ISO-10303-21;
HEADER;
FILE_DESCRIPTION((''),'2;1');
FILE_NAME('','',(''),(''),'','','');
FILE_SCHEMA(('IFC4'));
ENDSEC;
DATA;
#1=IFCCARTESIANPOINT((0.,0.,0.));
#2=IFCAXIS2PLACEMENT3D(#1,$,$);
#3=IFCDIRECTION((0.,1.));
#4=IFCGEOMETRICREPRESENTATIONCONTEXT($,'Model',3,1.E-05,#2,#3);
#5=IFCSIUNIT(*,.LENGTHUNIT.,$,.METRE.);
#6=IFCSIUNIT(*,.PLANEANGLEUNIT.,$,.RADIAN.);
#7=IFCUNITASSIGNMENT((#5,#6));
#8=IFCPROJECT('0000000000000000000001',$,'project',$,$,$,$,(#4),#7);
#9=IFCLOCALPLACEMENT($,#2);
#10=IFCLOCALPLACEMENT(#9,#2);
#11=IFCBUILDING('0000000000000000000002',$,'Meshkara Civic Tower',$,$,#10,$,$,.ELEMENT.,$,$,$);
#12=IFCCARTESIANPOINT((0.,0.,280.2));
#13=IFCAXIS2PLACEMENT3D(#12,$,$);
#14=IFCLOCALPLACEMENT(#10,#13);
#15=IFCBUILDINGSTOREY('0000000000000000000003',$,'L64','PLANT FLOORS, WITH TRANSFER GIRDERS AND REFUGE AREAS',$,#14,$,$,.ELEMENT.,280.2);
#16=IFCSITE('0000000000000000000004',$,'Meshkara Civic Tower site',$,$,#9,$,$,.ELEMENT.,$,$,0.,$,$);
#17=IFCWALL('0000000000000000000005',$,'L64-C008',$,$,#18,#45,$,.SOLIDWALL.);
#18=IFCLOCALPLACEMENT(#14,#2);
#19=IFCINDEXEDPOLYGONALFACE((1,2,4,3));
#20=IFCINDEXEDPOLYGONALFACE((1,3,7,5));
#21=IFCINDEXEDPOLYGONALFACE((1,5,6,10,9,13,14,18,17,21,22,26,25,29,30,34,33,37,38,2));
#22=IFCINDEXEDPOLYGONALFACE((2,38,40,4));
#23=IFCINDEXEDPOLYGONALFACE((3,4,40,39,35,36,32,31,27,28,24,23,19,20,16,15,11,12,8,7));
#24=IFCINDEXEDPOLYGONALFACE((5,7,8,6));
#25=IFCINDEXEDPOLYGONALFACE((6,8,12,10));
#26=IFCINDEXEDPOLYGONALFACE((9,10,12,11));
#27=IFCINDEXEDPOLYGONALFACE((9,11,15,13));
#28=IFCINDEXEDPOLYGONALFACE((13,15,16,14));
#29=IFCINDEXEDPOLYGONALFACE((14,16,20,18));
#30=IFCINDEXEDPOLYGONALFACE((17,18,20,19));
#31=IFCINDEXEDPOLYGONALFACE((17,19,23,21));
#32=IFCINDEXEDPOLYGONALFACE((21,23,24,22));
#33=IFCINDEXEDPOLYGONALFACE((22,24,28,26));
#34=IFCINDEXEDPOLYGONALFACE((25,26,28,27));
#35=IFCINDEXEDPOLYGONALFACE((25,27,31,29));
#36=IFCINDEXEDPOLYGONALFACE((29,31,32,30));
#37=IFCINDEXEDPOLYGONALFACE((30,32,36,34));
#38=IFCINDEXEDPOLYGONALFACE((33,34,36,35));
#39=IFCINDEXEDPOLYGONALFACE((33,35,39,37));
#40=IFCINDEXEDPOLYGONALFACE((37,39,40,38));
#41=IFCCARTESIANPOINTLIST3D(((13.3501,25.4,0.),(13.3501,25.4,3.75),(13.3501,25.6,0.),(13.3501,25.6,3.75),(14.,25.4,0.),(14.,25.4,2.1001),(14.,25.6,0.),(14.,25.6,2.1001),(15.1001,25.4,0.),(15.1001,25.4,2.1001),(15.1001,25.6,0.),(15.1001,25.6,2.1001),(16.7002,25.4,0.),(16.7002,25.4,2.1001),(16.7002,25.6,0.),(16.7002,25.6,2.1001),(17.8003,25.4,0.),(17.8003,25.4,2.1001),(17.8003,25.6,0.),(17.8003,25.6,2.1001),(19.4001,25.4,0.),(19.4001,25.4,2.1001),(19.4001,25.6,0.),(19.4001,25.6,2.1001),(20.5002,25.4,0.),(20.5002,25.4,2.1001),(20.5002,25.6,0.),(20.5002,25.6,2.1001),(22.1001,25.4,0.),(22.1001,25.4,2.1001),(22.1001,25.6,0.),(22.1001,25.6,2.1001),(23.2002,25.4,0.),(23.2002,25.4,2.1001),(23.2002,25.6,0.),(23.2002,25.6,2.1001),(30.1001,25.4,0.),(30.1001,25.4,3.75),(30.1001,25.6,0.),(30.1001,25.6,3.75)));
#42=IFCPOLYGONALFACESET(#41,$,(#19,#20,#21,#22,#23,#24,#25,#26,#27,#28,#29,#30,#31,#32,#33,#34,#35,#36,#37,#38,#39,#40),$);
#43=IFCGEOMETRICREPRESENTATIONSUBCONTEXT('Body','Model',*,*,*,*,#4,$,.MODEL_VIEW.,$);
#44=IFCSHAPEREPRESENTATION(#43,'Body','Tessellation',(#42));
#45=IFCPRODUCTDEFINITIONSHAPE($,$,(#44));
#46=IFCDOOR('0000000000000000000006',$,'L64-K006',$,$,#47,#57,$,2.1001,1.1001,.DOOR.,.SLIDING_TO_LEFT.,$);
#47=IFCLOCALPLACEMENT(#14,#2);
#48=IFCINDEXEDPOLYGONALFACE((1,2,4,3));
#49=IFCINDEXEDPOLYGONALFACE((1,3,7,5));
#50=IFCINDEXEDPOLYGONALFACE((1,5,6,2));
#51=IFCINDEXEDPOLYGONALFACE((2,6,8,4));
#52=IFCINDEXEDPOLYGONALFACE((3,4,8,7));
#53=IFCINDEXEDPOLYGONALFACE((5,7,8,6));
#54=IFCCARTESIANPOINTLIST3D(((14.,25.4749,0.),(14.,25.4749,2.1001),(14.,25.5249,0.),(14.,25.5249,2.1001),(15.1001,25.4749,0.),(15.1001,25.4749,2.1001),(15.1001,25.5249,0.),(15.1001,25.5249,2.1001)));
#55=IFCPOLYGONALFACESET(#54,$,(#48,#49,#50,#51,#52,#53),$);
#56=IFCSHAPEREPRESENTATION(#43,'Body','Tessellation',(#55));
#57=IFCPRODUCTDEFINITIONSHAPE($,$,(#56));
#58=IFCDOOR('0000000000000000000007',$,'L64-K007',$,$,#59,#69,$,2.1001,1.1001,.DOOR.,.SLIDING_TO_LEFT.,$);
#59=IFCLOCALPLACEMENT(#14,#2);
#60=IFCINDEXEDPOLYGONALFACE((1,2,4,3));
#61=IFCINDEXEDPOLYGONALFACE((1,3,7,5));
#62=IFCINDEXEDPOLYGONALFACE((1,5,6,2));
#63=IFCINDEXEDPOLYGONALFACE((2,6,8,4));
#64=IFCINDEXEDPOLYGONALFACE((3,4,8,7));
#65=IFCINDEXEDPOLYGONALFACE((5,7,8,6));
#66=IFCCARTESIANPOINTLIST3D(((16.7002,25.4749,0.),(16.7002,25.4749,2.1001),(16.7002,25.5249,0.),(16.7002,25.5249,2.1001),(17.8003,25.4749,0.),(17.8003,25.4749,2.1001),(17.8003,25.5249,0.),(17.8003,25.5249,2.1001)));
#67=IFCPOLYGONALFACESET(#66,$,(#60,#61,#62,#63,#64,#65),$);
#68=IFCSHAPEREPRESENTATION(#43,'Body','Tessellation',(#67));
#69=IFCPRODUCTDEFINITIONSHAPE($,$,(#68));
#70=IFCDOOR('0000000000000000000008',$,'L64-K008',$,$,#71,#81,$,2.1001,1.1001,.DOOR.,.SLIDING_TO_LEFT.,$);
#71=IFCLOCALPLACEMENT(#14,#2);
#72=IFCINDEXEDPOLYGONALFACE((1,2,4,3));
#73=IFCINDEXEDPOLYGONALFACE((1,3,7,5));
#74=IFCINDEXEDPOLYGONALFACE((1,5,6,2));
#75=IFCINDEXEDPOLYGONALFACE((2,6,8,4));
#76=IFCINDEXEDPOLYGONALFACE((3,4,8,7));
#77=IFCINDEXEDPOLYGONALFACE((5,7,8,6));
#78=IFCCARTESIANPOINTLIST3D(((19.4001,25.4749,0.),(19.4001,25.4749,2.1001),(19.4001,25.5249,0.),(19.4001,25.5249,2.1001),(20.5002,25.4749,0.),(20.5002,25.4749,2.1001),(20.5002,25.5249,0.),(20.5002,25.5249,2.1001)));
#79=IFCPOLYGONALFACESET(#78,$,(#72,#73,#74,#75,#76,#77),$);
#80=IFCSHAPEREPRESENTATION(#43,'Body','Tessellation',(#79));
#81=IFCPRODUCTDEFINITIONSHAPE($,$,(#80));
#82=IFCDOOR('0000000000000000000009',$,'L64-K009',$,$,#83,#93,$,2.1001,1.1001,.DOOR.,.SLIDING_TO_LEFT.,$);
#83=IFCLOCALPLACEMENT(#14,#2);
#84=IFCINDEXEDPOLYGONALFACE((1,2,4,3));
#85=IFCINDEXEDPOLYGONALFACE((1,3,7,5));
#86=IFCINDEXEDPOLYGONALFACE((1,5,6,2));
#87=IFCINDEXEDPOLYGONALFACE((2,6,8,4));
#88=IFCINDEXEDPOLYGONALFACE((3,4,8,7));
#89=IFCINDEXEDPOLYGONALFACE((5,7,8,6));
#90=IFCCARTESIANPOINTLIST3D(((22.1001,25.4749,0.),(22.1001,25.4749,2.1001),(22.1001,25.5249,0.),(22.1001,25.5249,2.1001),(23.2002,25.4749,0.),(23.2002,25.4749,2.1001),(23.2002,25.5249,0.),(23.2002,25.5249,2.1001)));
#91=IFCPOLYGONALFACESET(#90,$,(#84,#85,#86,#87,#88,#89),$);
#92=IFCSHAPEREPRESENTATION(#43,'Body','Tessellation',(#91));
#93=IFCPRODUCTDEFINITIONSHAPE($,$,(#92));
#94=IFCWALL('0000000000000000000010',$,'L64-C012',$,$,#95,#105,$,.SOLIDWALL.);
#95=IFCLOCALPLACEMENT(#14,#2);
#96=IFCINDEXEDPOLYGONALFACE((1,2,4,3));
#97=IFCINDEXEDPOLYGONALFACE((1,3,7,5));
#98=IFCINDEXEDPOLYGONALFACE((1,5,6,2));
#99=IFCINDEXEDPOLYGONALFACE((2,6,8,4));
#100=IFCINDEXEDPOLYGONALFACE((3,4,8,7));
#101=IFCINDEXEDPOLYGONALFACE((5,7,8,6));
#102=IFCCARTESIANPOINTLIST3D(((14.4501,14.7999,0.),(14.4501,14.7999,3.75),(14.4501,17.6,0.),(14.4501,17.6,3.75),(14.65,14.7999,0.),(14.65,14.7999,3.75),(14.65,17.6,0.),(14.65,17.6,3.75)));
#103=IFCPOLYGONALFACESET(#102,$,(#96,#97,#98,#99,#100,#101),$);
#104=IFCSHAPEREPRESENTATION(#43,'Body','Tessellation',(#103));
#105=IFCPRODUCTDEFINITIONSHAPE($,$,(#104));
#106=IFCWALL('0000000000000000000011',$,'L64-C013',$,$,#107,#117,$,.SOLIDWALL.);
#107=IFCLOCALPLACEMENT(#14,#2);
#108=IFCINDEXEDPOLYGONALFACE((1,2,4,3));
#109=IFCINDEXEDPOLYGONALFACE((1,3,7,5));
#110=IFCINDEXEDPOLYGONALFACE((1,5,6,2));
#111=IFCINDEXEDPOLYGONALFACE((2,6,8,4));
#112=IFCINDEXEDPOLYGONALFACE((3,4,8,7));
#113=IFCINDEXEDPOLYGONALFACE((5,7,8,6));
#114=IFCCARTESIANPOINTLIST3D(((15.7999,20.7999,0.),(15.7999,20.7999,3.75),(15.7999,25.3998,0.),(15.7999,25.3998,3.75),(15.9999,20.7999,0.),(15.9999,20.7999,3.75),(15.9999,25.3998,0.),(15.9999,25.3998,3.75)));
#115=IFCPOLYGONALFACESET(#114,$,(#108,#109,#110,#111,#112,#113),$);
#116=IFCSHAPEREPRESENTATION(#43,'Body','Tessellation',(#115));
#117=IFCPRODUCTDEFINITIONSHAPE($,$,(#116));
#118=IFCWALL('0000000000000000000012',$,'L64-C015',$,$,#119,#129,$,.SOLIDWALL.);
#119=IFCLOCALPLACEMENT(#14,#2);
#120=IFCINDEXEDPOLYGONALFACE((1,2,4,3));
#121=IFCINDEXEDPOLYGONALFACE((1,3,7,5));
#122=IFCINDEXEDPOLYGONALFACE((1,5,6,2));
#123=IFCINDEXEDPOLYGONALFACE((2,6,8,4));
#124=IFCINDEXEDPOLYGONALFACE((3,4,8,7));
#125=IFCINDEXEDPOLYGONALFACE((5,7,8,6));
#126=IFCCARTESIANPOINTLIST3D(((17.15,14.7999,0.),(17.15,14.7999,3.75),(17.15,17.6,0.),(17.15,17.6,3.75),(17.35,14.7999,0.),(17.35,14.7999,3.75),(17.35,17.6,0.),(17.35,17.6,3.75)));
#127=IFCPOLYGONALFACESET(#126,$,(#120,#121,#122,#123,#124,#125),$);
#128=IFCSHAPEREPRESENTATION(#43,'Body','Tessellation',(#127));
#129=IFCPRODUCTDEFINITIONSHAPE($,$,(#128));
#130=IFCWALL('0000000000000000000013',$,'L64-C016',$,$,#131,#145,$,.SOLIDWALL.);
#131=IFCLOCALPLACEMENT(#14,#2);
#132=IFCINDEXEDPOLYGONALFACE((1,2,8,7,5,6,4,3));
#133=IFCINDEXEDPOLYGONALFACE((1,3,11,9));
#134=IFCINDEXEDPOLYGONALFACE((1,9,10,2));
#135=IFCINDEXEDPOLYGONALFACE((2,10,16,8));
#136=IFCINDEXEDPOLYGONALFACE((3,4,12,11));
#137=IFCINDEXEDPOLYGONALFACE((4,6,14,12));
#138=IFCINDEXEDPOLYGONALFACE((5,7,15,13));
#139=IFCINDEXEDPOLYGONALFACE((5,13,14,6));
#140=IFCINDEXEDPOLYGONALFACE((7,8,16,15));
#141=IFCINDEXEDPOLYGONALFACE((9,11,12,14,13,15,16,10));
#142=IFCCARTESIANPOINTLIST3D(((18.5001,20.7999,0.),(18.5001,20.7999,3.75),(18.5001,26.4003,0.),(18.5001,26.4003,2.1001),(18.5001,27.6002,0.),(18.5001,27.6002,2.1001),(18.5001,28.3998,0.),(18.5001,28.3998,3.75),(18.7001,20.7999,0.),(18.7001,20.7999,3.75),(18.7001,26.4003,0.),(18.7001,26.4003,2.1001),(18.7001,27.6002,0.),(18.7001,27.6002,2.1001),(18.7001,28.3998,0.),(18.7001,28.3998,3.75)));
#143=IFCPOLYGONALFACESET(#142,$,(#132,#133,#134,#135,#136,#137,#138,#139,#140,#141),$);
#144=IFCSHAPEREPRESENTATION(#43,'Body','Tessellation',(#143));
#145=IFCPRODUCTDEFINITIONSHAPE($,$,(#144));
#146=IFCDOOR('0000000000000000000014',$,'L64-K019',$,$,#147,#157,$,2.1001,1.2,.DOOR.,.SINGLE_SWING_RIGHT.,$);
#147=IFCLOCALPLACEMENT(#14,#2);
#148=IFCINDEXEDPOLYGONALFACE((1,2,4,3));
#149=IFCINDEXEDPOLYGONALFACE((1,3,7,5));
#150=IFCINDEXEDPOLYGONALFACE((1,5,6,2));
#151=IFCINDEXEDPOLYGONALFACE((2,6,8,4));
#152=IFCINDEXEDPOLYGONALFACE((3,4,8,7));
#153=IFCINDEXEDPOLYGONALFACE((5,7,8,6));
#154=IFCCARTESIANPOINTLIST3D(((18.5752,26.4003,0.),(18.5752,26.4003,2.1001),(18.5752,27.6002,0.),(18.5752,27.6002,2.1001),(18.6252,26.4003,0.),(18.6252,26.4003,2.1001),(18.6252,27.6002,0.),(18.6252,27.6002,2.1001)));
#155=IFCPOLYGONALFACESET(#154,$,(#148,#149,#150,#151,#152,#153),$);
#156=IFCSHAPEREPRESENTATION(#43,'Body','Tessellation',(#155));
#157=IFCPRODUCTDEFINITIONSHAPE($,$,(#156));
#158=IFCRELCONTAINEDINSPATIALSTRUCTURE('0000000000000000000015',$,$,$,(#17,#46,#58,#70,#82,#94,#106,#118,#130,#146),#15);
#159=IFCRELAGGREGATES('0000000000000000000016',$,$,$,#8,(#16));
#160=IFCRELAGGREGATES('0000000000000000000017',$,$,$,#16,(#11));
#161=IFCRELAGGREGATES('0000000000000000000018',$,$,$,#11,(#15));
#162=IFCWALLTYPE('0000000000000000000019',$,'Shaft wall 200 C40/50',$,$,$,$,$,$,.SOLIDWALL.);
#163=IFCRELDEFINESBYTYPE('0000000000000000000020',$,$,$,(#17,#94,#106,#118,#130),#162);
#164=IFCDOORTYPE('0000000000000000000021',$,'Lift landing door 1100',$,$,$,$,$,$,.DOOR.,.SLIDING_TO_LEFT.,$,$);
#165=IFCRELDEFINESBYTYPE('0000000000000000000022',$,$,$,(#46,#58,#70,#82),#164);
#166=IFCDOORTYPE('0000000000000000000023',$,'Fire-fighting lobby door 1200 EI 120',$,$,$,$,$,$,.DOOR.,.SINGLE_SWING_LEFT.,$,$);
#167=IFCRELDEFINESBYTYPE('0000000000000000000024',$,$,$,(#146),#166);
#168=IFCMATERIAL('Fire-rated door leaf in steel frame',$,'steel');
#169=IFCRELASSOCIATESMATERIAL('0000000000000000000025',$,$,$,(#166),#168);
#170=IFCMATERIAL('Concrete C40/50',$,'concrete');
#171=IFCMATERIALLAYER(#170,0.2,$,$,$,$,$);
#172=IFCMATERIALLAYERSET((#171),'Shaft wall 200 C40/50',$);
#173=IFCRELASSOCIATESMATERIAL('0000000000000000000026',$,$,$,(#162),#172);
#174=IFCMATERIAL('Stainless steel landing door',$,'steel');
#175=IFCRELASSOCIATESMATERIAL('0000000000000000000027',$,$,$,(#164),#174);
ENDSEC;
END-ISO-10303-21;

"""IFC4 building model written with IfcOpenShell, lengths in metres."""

from ifc_helpers import new_model, si_unit, direction, frame, frame_2d, origin, place, context, subcontext, project, spatial, rectangle, extrude, material, layer, layer_set, type_object, element, fill, save


model = new_model("IFC4")

# Units and contexts
model_context = context("Model", 3, precision=1e-05, world=origin(), true_north=direction((0.0, 1.0)))
body_context = subcontext(model_context, "Body", "Model", "MODEL_VIEW")
ifc_project = project(units=[si_unit("LENGTHUNIT", "METRE"), si_unit("PLANEANGLEUNIT", "RADIAN")], contexts=[model_context])

# Site, building, storey
site_placement = place(None, origin())
site = spatial("IfcSite", under=ifc_project, at=site_placement, Name="Meshkara Civic Tower site", CompositionType="ELEMENT", RefElevation=0.0)
building_placement = place(site_placement, origin())
building = spatial("IfcBuilding", under=site, at=building_placement, Name="Meshkara Civic Tower", CompositionType="ELEMENT")
storey_placement = place(building_placement, frame((0.0, 0.0, 280.2)))
storey = spatial("IfcBuildingStorey", under=building, at=storey_placement, Name="L64", Description="PLANT FLOORS, WITH TRANSFER GIRDERS AND REFUGE AREAS", CompositionType="ELEMENT", Elevation=280.2)

# Wall, openings, doors
ifc_material_1 = material(Name="Fire-rated door leaf in steel frame", Category="steel")
door_type_1 = type_object("IfcDoorType", Name="Fire-fighting lobby door 1200 EI 120", OperationType="SINGLE_SWING_LEFT", PredefinedType="DOOR", material=ifc_material_1)
ifc_material_2 = material(Name="Concrete C40/50", Category="concrete")
ifc_layer_1 = layer(ifc_material_2, 0.2)
ifc_layer_set_1 = layer_set([ifc_layer_1], Name="Shaft wall 200 C40/50")
wall_type_1 = type_object("IfcWallType", Name="Shaft wall 200 C40/50", PredefinedType="SOLIDWALL", material=ifc_layer_set_1)
ifc_material_3 = material(Name="Stainless steel landing door", Category="steel")
door_type_2 = type_object("IfcDoorType", Name="Lift landing door 1100", OperationType="SLIDING_TO_LEFT", PredefinedType="DOOR", material=ifc_material_3)
wall_1_placement = place(storey_placement, frame((13.3501, 25.5, 0.0), z_axis=(0.0, 0.0, 1.0), x_axis=(1.0, 0.0, 0.0)))
wall_1 = element("IfcWall", 1, at=wall_1_placement, inside=storey, type_object=wall_type_1, Name="L64-C008", PredefinedType="SOLIDWALL", context=body_context, shape_type="SweptSolid", body=[
    extrude(rectangle(XDim=16.75, YDim=0.2, at=frame_2d((8.375, 0.0))), origin(), (0.0, 0.0, 1.0), 3.75),
])
opening_1_placement = place(wall_1_placement, frame((0.6499, 0.0, 0.0)))
opening_1 = element("IfcOpeningElement", 2, at=opening_1_placement, cuts=wall_1, PredefinedType="OPENING", context=body_context, shape_type="SweptSolid", body=[
    extrude(rectangle(XDim=1.1001, YDim=2.1001, at=frame_2d((0.55, 1.05))), frame((0.0, 0.1099, 0.0), z_axis=(0.0, -1.0, 0.0), x_axis=(1.0, 0.0, 0.0)), (0.0, 0.0, 1.0), 0.22),
])
opening_2_placement = place(wall_1_placement, frame((3.3501, 0.0, 0.0)))
opening_2 = element("IfcOpeningElement", 3, at=opening_2_placement, cuts=wall_1, PredefinedType="OPENING", context=body_context, shape_type="SweptSolid", body=[
    extrude(rectangle(XDim=1.1001, YDim=2.1001, at=frame_2d((0.55, 1.05))), frame((0.0, 0.1099, 0.0), z_axis=(0.0, -1.0, 0.0), x_axis=(1.0, 0.0, 0.0)), (0.0, 0.0, 1.0), 0.22),
])
opening_3_placement = place(wall_1_placement, frame((6.05, 0.0, 0.0)))
opening_3 = element("IfcOpeningElement", 4, at=opening_3_placement, cuts=wall_1, PredefinedType="OPENING", context=body_context, shape_type="SweptSolid", body=[
    extrude(rectangle(XDim=1.1001, YDim=2.1001, at=frame_2d((0.55, 1.05))), frame((0.0, 0.1099, 0.0), z_axis=(0.0, -1.0, 0.0), x_axis=(1.0, 0.0, 0.0)), (0.0, 0.0, 1.0), 0.22),
])
opening_4_placement = place(wall_1_placement, frame((8.75, 0.0, 0.0)))
opening_4 = element("IfcOpeningElement", 5, at=opening_4_placement, cuts=wall_1, PredefinedType="OPENING", context=body_context, shape_type="SweptSolid", body=[
    extrude(rectangle(XDim=1.1001, YDim=2.1001, at=frame_2d((0.55, 1.05))), frame((0.0, 0.1099, 0.0), z_axis=(0.0, -1.0, 0.0), x_axis=(1.0, 0.0, 0.0)), (0.0, 0.0, 1.0), 0.22),
])
door_1_placement = place(opening_1_placement, origin())
door_1 = element("IfcDoor", 6, at=door_1_placement, inside=storey, type_object=door_type_2, Name="L64-K006", OperationType="SLIDING_TO_LEFT", OverallHeight=2.1001, OverallWidth=1.1001, PredefinedType="DOOR", context=body_context, shape_type="SweptSolid", body=[
    extrude(rectangle(XDim=1.1001, YDim=2.1001, at=frame_2d((0.55, 1.05))), frame((0.0, 0.0249, 0.0), z_axis=(0.0, -1.0, 0.0), x_axis=(1.0, 0.0, 0.0)), (0.0, 0.0, 1.0), 0.05),
])
fill(opening_1, door_1)
door_2_placement = place(opening_2_placement, origin())
door_2 = element("IfcDoor", 7, at=door_2_placement, inside=storey, type_object=door_type_2, Name="L64-K007", OperationType="SLIDING_TO_LEFT", OverallHeight=2.1001, OverallWidth=1.1001, PredefinedType="DOOR", context=body_context, shape_type="SweptSolid", body=[
    extrude(rectangle(XDim=1.1001, YDim=2.1001, at=frame_2d((0.55, 1.05))), frame((0.0, 0.0249, 0.0), z_axis=(0.0, -1.0, 0.0), x_axis=(1.0, 0.0, 0.0)), (0.0, 0.0, 1.0), 0.05),
])
fill(opening_2, door_2)
door_3_placement = place(opening_3_placement, origin())
door_3 = element("IfcDoor", 8, at=door_3_placement, inside=storey, type_object=door_type_2, Name="L64-K008", OperationType="SLIDING_TO_LEFT", OverallHeight=2.1001, OverallWidth=1.1001, PredefinedType="DOOR", context=body_context, shape_type="SweptSolid", body=[
    extrude(rectangle(XDim=1.1001, YDim=2.1001, at=frame_2d((0.55, 1.05))), frame((0.0, 0.0249, 0.0), z_axis=(0.0, -1.0, 0.0), x_axis=(1.0, 0.0, 0.0)), (0.0, 0.0, 1.0), 0.05),
])
fill(opening_3, door_3)
door_4_placement = place(opening_4_placement, origin())
door_4 = element("IfcDoor", 9, at=door_4_placement, inside=storey, type_object=door_type_2, Name="L64-K009", OperationType="SLIDING_TO_LEFT", OverallHeight=2.1001, OverallWidth=1.1001, PredefinedType="DOOR", context=body_context, shape_type="SweptSolid", body=[
    extrude(rectangle(XDim=1.1001, YDim=2.1001, at=frame_2d((0.55, 1.05))), frame((0.0, 0.0249, 0.0), z_axis=(0.0, -1.0, 0.0), x_axis=(1.0, 0.0, 0.0)), (0.0, 0.0, 1.0), 0.05),
])
fill(opening_4, door_4)

# Walls
wall_2_placement = place(storey_placement, frame((14.55, 14.8, 0.0), z_axis=(0.0, 0.0, 1.0), x_axis=(0.0, 1.0, 0.0)))
element("IfcWall", 10, at=wall_2_placement, inside=storey, type_object=wall_type_1, Name="L64-C012", PredefinedType="SOLIDWALL", context=body_context, shape_type="SweptSolid", body=[
    extrude(rectangle(XDim=2.8, YDim=0.2, at=frame_2d((1.3999, 0.0))), origin(), (0.0, 0.0, 1.0), 3.75),
])
wall_3_placement = place(storey_placement, frame((15.8999, 20.8, 0.0), z_axis=(0.0, 0.0, 1.0), x_axis=(0.0, 1.0, 0.0)))
element("IfcWall", 11, at=wall_3_placement, inside=storey, type_object=wall_type_1, Name="L64-C013", PredefinedType="SOLIDWALL", context=body_context, shape_type="SweptSolid", body=[
    extrude(rectangle(XDim=4.5999, YDim=0.2, at=frame_2d((2.2998, 0.0))), origin(), (0.0, 0.0, 1.0), 3.75),
])
wall_4_placement = place(storey_placement, frame((17.25, 14.8, 0.0), z_axis=(0.0, 0.0, 1.0), x_axis=(0.0, 1.0, 0.0)))
element("IfcWall", 12, at=wall_4_placement, inside=storey, type_object=wall_type_1, Name="L64-C015", PredefinedType="SOLIDWALL", context=body_context, shape_type="SweptSolid", body=[
    extrude(rectangle(XDim=2.8, YDim=0.2, at=frame_2d((1.3999, 0.0))), origin(), (0.0, 0.0, 1.0), 3.75),
])

# Wall, opening, door
wall_5_placement = place(storey_placement, frame((18.6001, 20.8, 0.0), z_axis=(0.0, 0.0, 1.0), x_axis=(0.0, 1.0, 0.0)))
wall_5 = element("IfcWall", 13, at=wall_5_placement, inside=storey, type_object=wall_type_1, Name="L64-C016", PredefinedType="SOLIDWALL", context=body_context, shape_type="SweptSolid", body=[
    extrude(rectangle(XDim=7.5999, YDim=0.2, at=frame_2d((3.7998, 0.0))), origin(), (0.0, 0.0, 1.0), 3.75),
])
opening_5_placement = place(wall_5_placement, frame((5.6001, 0.0, 0.0)))
opening_5 = element("IfcOpeningElement", 14, at=opening_5_placement, cuts=wall_5, PredefinedType="OPENING", context=body_context, shape_type="SweptSolid", body=[
    extrude(rectangle(XDim=1.2, YDim=2.1001, at=frame_2d((0.6001, 1.05))), frame((0.0, 0.1099, 0.0), z_axis=(0.0, -1.0, 0.0), x_axis=(1.0, 0.0, 0.0)), (0.0, 0.0, 1.0), 0.22),
])
door_5_placement = place(opening_5_placement, origin())
door_5 = element("IfcDoor", 15, at=door_5_placement, inside=storey, type_object=door_type_1, Name="L64-K019", OperationType="SINGLE_SWING_RIGHT", OverallHeight=2.1001, OverallWidth=1.2, PredefinedType="DOOR", context=body_context, shape_type="SweptSolid", body=[
    extrude(rectangle(XDim=1.2, YDim=2.1001, at=frame_2d((0.6001, 1.05))), frame((0.0, 0.0249, 0.0), z_axis=(0.0, -1.0, 0.0), x_axis=(1.0, 0.0, 0.0)), (0.0, 0.0, 1.0), 0.05),
])
fill(opening_5, door_5)

save(model, "model.ifc")
